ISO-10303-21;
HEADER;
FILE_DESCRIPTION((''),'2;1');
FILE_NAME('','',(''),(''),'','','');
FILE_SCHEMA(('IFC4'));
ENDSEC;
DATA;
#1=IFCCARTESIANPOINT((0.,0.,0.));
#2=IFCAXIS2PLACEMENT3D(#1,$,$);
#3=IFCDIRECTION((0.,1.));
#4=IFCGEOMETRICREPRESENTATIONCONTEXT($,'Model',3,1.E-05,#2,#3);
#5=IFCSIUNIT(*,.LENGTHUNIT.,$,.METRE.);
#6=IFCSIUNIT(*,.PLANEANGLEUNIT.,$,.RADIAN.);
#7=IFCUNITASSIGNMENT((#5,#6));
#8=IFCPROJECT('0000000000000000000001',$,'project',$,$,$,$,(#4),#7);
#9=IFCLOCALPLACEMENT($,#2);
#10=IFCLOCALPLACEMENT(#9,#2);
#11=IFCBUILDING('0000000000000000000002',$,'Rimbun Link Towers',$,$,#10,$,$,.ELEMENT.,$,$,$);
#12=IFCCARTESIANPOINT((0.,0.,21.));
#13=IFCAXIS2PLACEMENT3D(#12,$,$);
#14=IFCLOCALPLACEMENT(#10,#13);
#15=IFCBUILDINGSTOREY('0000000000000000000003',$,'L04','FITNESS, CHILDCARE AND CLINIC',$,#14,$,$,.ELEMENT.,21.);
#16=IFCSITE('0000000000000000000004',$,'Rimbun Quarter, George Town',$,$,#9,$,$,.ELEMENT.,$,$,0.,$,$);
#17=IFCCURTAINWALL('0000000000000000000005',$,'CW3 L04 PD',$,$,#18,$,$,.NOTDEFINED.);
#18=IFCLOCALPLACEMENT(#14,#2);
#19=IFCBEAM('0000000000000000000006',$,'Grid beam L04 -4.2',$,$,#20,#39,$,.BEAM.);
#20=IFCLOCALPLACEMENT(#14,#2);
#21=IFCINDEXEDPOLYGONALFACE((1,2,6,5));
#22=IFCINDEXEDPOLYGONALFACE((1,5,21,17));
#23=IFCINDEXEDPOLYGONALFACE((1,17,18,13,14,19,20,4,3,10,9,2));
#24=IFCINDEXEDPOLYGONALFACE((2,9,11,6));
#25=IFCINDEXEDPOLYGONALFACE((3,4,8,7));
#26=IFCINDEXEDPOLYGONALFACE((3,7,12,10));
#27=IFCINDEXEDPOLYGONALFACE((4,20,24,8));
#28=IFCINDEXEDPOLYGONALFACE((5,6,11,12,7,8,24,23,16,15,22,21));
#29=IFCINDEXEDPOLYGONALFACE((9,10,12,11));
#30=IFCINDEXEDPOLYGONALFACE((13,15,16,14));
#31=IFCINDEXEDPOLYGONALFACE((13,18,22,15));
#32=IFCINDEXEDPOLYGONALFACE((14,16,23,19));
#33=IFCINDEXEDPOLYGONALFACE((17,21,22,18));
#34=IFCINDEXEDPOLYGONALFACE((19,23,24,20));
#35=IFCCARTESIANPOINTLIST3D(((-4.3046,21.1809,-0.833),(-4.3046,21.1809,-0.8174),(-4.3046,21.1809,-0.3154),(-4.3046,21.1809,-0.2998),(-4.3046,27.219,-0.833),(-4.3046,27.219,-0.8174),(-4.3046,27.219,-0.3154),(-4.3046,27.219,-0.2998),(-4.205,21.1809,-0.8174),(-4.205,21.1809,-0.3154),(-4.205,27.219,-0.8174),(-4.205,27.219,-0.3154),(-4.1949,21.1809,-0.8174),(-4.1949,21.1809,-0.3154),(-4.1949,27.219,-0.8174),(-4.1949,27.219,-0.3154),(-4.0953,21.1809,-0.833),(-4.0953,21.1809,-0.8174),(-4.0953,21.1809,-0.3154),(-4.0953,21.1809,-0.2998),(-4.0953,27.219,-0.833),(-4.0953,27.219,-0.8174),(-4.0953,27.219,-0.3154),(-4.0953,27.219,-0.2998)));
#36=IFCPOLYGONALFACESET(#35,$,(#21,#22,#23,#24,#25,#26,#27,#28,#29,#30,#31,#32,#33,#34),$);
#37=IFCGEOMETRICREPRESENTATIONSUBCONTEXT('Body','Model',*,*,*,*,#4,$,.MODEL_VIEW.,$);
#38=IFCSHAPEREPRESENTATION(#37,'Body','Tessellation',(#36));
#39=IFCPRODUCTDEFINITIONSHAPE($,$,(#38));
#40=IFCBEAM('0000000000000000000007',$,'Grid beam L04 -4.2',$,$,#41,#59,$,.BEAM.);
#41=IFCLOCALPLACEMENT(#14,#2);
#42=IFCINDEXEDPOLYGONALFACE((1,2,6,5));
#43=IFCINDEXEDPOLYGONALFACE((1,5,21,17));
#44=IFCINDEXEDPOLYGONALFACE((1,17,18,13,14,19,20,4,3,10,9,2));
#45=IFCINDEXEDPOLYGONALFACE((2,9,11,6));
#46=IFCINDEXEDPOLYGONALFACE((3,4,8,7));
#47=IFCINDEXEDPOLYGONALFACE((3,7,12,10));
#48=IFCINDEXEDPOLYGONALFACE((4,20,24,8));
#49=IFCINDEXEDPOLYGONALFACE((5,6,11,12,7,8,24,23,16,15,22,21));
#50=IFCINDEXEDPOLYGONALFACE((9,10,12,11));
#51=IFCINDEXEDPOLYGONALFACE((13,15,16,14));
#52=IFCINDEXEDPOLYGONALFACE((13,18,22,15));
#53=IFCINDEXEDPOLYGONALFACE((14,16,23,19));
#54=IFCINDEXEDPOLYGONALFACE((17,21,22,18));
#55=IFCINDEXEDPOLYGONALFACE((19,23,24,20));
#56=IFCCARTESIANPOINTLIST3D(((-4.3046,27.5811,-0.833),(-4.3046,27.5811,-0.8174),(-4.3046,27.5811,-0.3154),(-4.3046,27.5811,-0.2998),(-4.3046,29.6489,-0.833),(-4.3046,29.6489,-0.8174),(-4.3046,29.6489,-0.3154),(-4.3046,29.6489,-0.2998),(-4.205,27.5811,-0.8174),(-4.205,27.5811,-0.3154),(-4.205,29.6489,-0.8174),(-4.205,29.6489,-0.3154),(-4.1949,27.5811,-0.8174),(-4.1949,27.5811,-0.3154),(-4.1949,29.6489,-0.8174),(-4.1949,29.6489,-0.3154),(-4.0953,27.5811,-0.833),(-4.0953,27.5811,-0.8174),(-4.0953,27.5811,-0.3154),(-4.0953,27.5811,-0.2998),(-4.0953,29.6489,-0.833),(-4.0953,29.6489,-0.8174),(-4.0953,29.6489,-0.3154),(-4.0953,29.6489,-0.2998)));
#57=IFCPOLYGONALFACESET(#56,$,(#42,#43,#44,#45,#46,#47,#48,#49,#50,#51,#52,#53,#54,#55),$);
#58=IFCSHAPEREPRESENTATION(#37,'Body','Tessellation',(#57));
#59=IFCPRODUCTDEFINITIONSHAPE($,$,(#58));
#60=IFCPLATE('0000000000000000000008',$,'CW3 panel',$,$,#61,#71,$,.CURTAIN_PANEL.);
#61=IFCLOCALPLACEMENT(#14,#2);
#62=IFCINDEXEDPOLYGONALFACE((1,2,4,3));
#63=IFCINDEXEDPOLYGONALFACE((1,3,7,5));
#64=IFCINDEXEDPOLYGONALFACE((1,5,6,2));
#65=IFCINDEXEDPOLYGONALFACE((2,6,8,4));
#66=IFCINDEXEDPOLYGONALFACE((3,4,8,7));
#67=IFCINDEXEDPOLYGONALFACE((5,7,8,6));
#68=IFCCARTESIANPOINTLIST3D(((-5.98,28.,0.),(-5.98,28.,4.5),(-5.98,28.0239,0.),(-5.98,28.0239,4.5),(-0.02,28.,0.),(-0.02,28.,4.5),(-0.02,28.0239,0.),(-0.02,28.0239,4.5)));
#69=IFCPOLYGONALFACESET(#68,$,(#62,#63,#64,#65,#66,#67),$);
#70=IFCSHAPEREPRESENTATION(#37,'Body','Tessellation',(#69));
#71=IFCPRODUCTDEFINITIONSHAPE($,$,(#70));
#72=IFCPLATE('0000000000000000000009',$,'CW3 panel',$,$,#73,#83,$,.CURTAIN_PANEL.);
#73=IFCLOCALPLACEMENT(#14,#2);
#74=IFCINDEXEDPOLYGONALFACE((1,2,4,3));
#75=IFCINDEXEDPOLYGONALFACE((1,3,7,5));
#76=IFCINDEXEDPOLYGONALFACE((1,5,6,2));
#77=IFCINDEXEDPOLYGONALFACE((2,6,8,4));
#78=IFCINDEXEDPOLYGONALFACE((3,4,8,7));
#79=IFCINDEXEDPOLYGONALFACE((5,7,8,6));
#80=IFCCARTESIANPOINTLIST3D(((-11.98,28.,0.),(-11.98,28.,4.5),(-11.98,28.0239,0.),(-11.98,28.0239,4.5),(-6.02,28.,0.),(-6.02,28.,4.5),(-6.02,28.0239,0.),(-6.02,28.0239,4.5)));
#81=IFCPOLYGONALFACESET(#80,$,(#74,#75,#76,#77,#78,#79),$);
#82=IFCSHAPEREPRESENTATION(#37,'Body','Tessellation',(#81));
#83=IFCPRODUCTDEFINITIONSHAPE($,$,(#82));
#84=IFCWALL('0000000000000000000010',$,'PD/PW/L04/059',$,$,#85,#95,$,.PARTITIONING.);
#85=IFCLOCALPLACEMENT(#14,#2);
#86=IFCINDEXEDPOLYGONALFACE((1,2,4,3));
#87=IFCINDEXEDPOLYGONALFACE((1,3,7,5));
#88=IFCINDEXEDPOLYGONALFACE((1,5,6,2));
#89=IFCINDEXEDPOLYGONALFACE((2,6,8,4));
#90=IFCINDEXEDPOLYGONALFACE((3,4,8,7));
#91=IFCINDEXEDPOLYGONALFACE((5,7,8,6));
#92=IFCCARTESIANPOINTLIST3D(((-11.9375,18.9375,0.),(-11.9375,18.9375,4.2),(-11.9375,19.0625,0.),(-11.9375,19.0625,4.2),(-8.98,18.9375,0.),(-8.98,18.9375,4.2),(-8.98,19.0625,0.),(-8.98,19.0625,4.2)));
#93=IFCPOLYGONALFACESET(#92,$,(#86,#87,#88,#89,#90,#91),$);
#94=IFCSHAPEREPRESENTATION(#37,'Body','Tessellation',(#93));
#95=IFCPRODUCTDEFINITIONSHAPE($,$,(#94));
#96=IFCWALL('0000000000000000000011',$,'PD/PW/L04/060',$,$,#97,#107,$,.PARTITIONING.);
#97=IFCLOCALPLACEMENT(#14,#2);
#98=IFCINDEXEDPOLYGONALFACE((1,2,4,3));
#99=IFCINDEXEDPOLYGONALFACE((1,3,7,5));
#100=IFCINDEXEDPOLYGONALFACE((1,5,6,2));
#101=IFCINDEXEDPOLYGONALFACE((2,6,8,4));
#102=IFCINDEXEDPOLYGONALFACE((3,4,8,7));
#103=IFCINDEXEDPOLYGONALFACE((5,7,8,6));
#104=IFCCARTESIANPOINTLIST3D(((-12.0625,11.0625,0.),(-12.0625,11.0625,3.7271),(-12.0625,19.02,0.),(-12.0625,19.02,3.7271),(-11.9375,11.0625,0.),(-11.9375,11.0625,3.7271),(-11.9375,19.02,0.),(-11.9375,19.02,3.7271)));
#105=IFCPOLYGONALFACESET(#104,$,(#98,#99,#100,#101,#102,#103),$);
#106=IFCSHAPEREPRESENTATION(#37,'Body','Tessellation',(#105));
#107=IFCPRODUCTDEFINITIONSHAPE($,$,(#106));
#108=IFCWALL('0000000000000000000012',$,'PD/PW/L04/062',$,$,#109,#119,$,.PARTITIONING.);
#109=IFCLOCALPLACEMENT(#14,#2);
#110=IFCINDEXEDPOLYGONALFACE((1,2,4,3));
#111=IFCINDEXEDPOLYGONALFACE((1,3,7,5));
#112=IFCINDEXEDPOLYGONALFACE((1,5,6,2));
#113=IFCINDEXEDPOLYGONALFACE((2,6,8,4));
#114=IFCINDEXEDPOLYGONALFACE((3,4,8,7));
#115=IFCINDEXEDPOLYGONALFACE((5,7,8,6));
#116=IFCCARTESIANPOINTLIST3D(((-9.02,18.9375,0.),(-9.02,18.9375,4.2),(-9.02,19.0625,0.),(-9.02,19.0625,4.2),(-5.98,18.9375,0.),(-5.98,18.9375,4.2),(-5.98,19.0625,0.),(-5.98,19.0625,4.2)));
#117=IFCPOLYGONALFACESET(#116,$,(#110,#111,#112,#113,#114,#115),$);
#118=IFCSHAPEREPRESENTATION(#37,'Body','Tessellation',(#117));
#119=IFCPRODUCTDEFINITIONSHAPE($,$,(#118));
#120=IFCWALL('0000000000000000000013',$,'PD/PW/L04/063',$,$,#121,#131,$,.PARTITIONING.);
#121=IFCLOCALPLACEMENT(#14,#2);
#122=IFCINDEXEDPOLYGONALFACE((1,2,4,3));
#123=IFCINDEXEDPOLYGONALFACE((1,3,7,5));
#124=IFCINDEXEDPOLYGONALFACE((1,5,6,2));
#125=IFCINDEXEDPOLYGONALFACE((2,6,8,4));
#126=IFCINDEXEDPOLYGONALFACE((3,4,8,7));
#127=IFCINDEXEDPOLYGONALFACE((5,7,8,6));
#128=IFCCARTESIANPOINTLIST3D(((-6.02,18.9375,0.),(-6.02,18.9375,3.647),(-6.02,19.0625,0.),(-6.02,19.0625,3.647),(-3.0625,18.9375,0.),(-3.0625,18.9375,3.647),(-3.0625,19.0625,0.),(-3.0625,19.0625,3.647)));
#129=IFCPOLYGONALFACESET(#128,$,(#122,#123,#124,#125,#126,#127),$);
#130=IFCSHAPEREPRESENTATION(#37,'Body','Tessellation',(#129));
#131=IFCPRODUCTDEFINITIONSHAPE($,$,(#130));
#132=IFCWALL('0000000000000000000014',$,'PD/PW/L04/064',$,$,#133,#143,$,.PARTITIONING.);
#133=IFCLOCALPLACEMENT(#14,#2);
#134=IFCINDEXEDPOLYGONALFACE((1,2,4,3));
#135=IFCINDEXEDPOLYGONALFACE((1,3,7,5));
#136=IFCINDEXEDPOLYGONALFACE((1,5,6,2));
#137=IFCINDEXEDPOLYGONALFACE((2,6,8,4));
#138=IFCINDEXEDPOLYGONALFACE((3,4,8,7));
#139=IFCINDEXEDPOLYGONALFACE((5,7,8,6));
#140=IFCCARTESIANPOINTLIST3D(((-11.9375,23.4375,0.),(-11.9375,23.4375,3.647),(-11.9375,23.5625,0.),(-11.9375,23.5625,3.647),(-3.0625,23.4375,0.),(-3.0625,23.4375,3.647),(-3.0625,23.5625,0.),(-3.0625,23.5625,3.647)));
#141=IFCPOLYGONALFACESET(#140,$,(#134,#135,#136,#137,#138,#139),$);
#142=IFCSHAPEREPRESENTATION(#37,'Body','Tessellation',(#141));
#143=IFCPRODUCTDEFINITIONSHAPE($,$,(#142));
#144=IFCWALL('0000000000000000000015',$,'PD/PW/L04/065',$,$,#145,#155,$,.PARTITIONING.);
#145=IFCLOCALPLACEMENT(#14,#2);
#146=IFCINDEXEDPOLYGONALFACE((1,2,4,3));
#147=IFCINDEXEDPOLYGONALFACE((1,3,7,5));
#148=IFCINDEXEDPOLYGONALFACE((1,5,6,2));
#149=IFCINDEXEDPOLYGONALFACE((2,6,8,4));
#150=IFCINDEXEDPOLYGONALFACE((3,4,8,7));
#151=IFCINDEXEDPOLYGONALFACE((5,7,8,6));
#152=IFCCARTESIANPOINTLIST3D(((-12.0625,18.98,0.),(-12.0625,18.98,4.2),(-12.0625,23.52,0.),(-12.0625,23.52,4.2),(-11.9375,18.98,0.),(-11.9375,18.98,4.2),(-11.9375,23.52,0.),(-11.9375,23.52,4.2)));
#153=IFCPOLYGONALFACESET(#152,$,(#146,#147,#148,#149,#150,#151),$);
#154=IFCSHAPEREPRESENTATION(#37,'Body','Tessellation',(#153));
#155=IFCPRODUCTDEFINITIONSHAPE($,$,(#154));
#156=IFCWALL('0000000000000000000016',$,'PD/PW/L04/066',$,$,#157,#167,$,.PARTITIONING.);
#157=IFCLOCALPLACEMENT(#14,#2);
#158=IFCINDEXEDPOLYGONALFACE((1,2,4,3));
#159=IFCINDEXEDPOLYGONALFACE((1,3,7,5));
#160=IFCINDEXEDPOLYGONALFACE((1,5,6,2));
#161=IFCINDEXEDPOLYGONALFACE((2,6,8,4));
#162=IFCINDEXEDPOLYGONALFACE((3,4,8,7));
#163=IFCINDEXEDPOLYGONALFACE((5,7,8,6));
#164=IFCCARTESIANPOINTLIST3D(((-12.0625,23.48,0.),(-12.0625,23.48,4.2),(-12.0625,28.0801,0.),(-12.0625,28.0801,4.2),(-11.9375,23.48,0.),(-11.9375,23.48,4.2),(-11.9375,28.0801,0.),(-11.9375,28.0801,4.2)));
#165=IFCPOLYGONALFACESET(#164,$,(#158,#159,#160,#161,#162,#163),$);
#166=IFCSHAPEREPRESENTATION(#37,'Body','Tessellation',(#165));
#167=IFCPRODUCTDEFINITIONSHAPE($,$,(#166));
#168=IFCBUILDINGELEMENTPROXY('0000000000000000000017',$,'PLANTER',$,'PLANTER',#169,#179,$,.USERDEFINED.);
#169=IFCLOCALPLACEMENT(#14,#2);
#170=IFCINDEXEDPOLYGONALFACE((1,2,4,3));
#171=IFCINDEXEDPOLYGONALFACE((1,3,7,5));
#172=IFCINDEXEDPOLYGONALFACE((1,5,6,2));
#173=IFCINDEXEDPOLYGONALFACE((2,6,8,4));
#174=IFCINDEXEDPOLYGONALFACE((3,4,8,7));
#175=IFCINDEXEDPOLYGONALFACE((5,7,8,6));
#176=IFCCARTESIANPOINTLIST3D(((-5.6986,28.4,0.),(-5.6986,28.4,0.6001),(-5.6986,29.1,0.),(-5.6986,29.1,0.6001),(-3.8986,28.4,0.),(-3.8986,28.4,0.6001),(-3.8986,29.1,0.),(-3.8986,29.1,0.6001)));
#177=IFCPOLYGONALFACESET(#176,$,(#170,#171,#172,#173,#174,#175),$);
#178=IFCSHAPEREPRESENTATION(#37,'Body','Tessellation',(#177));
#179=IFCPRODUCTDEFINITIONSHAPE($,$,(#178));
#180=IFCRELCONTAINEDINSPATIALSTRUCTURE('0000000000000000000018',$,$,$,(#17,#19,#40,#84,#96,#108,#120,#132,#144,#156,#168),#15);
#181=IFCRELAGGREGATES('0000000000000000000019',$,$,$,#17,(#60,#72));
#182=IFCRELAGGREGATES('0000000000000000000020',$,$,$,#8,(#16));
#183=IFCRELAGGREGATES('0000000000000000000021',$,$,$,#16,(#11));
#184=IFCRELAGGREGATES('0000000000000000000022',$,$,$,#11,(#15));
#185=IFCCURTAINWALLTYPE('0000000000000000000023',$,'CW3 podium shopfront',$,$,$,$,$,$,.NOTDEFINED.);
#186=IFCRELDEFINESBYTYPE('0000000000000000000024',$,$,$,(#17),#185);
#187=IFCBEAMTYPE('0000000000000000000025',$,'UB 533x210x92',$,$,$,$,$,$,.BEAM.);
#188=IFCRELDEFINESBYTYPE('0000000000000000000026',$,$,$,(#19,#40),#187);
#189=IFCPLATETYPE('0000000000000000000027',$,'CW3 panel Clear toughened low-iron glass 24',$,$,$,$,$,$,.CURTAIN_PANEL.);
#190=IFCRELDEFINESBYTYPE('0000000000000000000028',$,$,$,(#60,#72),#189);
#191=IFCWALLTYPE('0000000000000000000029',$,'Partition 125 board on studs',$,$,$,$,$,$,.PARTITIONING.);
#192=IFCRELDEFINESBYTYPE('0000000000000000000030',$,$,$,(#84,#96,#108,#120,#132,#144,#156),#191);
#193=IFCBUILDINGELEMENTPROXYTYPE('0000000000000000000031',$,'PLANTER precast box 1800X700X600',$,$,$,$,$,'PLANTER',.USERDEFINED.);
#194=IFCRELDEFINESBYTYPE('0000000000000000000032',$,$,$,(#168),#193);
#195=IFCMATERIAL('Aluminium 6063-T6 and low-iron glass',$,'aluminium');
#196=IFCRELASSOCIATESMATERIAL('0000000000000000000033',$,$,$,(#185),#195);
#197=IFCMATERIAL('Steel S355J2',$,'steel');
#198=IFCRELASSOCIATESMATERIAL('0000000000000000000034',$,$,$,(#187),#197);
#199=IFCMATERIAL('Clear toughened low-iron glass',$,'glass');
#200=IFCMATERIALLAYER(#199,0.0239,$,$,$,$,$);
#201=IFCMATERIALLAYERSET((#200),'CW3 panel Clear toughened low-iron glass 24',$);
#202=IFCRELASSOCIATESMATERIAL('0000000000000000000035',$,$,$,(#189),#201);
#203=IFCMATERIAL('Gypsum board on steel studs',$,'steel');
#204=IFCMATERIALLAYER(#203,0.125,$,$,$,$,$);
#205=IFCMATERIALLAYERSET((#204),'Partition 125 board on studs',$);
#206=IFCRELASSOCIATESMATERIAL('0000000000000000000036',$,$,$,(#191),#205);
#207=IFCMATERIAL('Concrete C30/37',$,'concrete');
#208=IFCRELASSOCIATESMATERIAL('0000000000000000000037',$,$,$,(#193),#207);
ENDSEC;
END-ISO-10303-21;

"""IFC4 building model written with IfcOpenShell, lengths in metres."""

from ifc_helpers import new_model, si_unit, direction, frame, frame_2d, origin, origin_2d, place, context, subcontext, project, spatial, rectangle, i_section, extrude, material, layer, layer_set, material_profile, profile_set, type_object, element, aggregate, save


model = new_model("IFC4")

# Units and contexts
model_context = context("Model", 3, precision=1e-05, world=origin(), true_north=direction((0.0, 1.0)))
body_context = subcontext(model_context, "Body", "Model", "MODEL_VIEW")
ifc_project = project(units=[si_unit("LENGTHUNIT", "METRE"), si_unit("PLANEANGLEUNIT", "RADIAN")], contexts=[model_context])

# Site, building, storey
site_placement = place(None, origin())
site = spatial("IfcSite", under=ifc_project, at=site_placement, Name="Rimbun Quarter, George Town", CompositionType="ELEMENT", RefElevation=0.0)
building_placement = place(site_placement, origin())
building = spatial("IfcBuilding", under=site, at=building_placement, Name="Rimbun Link Towers", CompositionType="ELEMENT")
storey_placement = place(building_placement, frame((0.0, 0.0, 21.0)))
storey = spatial("IfcBuildingStorey", under=building, at=storey_placement, Name="L04", Description="FITNESS, CHILDCARE AND CLINIC", CompositionType="ELEMENT", Elevation=21.0)

# Curtain wall
ifc_material_1 = material(Name="Aluminium 6063-T6 and low-iron glass", Category="aluminium")
curtain_wall_type = type_object("IfcCurtainWallType", Name="CW3 podium shopfront", PredefinedType="NOTDEFINED", material=ifc_material_1)
curtain_wall_placement = place(storey_placement, origin())
curtain_wall = element("IfcCurtainWall", 1, at=curtain_wall_placement, inside=storey, type_object=curtain_wall_type, Name="CW3 L04 PD", PredefinedType="NOTDEFINED")

# Beams
ifc_material_2 = material(Name="Steel S355J2", Category="steel")
ifc_material_profile_1 = material_profile(ifc_material_2, i_section(OverallWidth=0.2092, OverallDepth=0.5332, WebThickness=0.01, FlangeThickness=0.0156, at=origin_2d()), Name="UB 533x210x92")
ifc_profile_set_1 = profile_set([ifc_material_profile_1], Name="Steel S355J2")
beam_type = type_object("IfcBeamType", Name="UB 533x210x92", PredefinedType="BEAM", material=ifc_profile_set_1)
beam_1_placement = place(storey_placement, frame((-4.2, 21.1809, -0.5664), z_axis=(0.0, 1.0, 0.0), x_axis=(-1.0, 0.0, 0.0)))
element("IfcBeam", 2, at=beam_1_placement, inside=storey, type_object=beam_type, Name="Grid beam L04 -4.2", PredefinedType="BEAM", context=body_context, shape_type="SweptSolid", body=[
    extrude(i_section(OverallWidth=0.2092, OverallDepth=0.5332, WebThickness=0.01, FlangeThickness=0.0156, at=origin_2d()), origin(), (0.0, 0.0, 1.0), 6.0381),
])
beam_2_placement = place(storey_placement, frame((-4.2, 27.5811, -0.5664), z_axis=(0.0, 1.0, 0.0), x_axis=(-1.0, 0.0, 0.0)))
element("IfcBeam", 3, at=beam_2_placement, inside=storey, type_object=beam_type, Name="Grid beam L04 -4.2", PredefinedType="BEAM", context=body_context, shape_type="SweptSolid", body=[
    extrude(i_section(OverallWidth=0.2092, OverallDepth=0.5332, WebThickness=0.01, FlangeThickness=0.0156, at=origin_2d()), origin(), (0.0, 0.0, 1.0), 2.0679),
])

# Plates
ifc_material_3 = material(Name="Clear toughened low-iron glass", Category="glass")
ifc_layer_1 = layer(ifc_material_3, 0.0239)
ifc_layer_set_1 = layer_set([ifc_layer_1], Name="CW3 panel Clear toughened low-iron glass 24")
plate_type = type_object("IfcPlateType", Name="CW3 panel Clear toughened low-iron glass 24", PredefinedType="CURTAIN_PANEL", material=ifc_layer_set_1)
plate_1_placement = place(storey_placement, frame((-3.0, 28.012, 0.0), z_axis=(0.0, 0.0, 1.0), x_axis=(1.0, 0.0, 0.0)))
plate_1 = element("IfcPlate", 4, at=plate_1_placement, type_object=plate_type, Name="CW3 panel", PredefinedType="CURTAIN_PANEL", context=body_context, shape_type="SweptSolid", body=[
    extrude(rectangle(XDim=5.96, YDim=0.0239, at=origin_2d()), origin(), (0.0, 0.0, 1.0), 4.5),
])
plate_2_placement = place(storey_placement, frame((-9.0, 28.012, 0.0), z_axis=(0.0, 0.0, 1.0), x_axis=(1.0, 0.0, 0.0)))
plate_2 = element("IfcPlate", 5, at=plate_2_placement, type_object=plate_type, Name="CW3 panel", PredefinedType="CURTAIN_PANEL", context=body_context, shape_type="SweptSolid", body=[
    extrude(rectangle(XDim=5.96, YDim=0.0239, at=origin_2d()), origin(), (0.0, 0.0, 1.0), 4.5),
])
aggregate(curtain_wall, [plate_1, plate_2])

# Walls
ifc_material_4 = material(Name="Gypsum board on steel studs", Category="steel")
ifc_layer_2 = layer(ifc_material_4, 0.125)
ifc_layer_set_2 = layer_set([ifc_layer_2], Name="Partition 125 board on studs")
wall_type = type_object("IfcWallType", Name="Partition 125 board on studs", PredefinedType="PARTITIONING", material=ifc_layer_set_2)
wall_1_placement = place(storey_placement, frame((-8.98, 19.0, 0.0), z_axis=(0.0, 0.0, 1.0), x_axis=(-1.0, 0.0, 0.0)))
element("IfcWall", 6, at=wall_1_placement, inside=storey, type_object=wall_type, Name="PD/PW/L04/059", PredefinedType="PARTITIONING", context=body_context, shape_type="SweptSolid", body=[
    extrude(rectangle(XDim=2.9575, YDim=0.125, at=frame_2d((1.4788, 0.0))), origin(), (0.0, 0.0, 1.0), 4.2),
])
wall_2_placement = place(storey_placement, frame((-12.0, 19.02, 0.0), z_axis=(0.0, 0.0, 1.0), x_axis=(0.0, -1.0, 0.0)))
element("IfcWall", 7, at=wall_2_placement, inside=storey, type_object=wall_type, Name="PD/PW/L04/060", PredefinedType="PARTITIONING", context=body_context, shape_type="SweptSolid", body=[
    extrude(rectangle(XDim=7.9575, YDim=0.125, at=frame_2d((3.9788, 0.0))), origin(), (0.0, 0.0, 1.0), 3.7271),
])
wall_3_placement = place(storey_placement, frame((-5.98, 19.0, 0.0), z_axis=(0.0, 0.0, 1.0), x_axis=(-1.0, 0.0, 0.0)))
element("IfcWall", 8, at=wall_3_placement, inside=storey, type_object=wall_type, Name="PD/PW/L04/062", PredefinedType="PARTITIONING", context=body_context, shape_type="SweptSolid", body=[
    extrude(rectangle(XDim=3.04, YDim=0.125, at=frame_2d((1.52, 0.0))), origin(), (0.0, 0.0, 1.0), 4.2),
])
wall_4_placement = place(storey_placement, frame((-3.0625, 19.0, 0.0), z_axis=(0.0, 0.0, 1.0), x_axis=(-1.0, 0.0, 0.0)))
element("IfcWall", 9, at=wall_4_placement, inside=storey, type_object=wall_type, Name="PD/PW/L04/063", PredefinedType="PARTITIONING", context=body_context, shape_type="SweptSolid", body=[
    extrude(rectangle(XDim=2.9575, YDim=0.125, at=frame_2d((1.4788, 0.0))), origin(), (0.0, 0.0, 1.0), 3.647),
])
wall_5_placement = place(storey_placement, frame((-3.0625, 23.5, 0.0), z_axis=(0.0, 0.0, 1.0), x_axis=(-1.0, 0.0, 0.0)))
element("IfcWall", 10, at=wall_5_placement, inside=storey, type_object=wall_type, Name="PD/PW/L04/064", PredefinedType="PARTITIONING", context=body_context, shape_type="SweptSolid", body=[
    extrude(rectangle(XDim=8.875, YDim=0.125, at=frame_2d((4.4375, 0.0))), origin(), (0.0, 0.0, 1.0), 3.647),
])
wall_6_placement = place(storey_placement, frame((-12.0, 23.52, 0.0), z_axis=(0.0, 0.0, 1.0), x_axis=(0.0, -1.0, 0.0)))
element("IfcWall", 11, at=wall_6_placement, inside=storey, type_object=wall_type, Name="PD/PW/L04/065", PredefinedType="PARTITIONING", context=body_context, shape_type="SweptSolid", body=[
    extrude(rectangle(XDim=4.54, YDim=0.125, at=frame_2d((2.27, 0.0))), origin(), (0.0, 0.0, 1.0), 4.2),
])
wall_7_placement = place(storey_placement, frame((-12.0, 28.0801, 0.0), z_axis=(0.0, 0.0, 1.0), x_axis=(0.0, -1.0, 0.0)))
element("IfcWall", 12, at=wall_7_placement, inside=storey, type_object=wall_type, Name="PD/PW/L04/066", PredefinedType="PARTITIONING", context=body_context, shape_type="SweptSolid", body=[
    extrude(rectangle(XDim=4.6001, YDim=0.125, at=frame_2d((2.3, 0.0))), origin(), (0.0, 0.0, 1.0), 4.2),
])

# Building element proxy
ifc_material_5 = material(Name="Concrete C30/37", Category="concrete")
building_element_proxy_type = type_object("IfcBuildingElementProxyType", Name="PLANTER precast box 1800X700X600", ElementType="PLANTER", PredefinedType="USERDEFINED", material=ifc_material_5)
proxy_placement = place(storey_placement, frame((-4.7986, 28.75, 0.0), z_axis=(0.0, 0.0, 1.0), x_axis=(-1.0, 0.0, 0.0)))
element("IfcBuildingElementProxy", 13, at=proxy_placement, inside=storey, type_object=building_element_proxy_type, Name="PLANTER", ObjectType="PLANTER", PredefinedType="USERDEFINED", context=body_context, shape_type="SweptSolid", body=[
    extrude(rectangle(XDim=1.8, YDim=0.7, at=origin_2d()), origin(), (0.0, 0.0, 1.0), 0.6001),
])

save(model, "model.ifc")
